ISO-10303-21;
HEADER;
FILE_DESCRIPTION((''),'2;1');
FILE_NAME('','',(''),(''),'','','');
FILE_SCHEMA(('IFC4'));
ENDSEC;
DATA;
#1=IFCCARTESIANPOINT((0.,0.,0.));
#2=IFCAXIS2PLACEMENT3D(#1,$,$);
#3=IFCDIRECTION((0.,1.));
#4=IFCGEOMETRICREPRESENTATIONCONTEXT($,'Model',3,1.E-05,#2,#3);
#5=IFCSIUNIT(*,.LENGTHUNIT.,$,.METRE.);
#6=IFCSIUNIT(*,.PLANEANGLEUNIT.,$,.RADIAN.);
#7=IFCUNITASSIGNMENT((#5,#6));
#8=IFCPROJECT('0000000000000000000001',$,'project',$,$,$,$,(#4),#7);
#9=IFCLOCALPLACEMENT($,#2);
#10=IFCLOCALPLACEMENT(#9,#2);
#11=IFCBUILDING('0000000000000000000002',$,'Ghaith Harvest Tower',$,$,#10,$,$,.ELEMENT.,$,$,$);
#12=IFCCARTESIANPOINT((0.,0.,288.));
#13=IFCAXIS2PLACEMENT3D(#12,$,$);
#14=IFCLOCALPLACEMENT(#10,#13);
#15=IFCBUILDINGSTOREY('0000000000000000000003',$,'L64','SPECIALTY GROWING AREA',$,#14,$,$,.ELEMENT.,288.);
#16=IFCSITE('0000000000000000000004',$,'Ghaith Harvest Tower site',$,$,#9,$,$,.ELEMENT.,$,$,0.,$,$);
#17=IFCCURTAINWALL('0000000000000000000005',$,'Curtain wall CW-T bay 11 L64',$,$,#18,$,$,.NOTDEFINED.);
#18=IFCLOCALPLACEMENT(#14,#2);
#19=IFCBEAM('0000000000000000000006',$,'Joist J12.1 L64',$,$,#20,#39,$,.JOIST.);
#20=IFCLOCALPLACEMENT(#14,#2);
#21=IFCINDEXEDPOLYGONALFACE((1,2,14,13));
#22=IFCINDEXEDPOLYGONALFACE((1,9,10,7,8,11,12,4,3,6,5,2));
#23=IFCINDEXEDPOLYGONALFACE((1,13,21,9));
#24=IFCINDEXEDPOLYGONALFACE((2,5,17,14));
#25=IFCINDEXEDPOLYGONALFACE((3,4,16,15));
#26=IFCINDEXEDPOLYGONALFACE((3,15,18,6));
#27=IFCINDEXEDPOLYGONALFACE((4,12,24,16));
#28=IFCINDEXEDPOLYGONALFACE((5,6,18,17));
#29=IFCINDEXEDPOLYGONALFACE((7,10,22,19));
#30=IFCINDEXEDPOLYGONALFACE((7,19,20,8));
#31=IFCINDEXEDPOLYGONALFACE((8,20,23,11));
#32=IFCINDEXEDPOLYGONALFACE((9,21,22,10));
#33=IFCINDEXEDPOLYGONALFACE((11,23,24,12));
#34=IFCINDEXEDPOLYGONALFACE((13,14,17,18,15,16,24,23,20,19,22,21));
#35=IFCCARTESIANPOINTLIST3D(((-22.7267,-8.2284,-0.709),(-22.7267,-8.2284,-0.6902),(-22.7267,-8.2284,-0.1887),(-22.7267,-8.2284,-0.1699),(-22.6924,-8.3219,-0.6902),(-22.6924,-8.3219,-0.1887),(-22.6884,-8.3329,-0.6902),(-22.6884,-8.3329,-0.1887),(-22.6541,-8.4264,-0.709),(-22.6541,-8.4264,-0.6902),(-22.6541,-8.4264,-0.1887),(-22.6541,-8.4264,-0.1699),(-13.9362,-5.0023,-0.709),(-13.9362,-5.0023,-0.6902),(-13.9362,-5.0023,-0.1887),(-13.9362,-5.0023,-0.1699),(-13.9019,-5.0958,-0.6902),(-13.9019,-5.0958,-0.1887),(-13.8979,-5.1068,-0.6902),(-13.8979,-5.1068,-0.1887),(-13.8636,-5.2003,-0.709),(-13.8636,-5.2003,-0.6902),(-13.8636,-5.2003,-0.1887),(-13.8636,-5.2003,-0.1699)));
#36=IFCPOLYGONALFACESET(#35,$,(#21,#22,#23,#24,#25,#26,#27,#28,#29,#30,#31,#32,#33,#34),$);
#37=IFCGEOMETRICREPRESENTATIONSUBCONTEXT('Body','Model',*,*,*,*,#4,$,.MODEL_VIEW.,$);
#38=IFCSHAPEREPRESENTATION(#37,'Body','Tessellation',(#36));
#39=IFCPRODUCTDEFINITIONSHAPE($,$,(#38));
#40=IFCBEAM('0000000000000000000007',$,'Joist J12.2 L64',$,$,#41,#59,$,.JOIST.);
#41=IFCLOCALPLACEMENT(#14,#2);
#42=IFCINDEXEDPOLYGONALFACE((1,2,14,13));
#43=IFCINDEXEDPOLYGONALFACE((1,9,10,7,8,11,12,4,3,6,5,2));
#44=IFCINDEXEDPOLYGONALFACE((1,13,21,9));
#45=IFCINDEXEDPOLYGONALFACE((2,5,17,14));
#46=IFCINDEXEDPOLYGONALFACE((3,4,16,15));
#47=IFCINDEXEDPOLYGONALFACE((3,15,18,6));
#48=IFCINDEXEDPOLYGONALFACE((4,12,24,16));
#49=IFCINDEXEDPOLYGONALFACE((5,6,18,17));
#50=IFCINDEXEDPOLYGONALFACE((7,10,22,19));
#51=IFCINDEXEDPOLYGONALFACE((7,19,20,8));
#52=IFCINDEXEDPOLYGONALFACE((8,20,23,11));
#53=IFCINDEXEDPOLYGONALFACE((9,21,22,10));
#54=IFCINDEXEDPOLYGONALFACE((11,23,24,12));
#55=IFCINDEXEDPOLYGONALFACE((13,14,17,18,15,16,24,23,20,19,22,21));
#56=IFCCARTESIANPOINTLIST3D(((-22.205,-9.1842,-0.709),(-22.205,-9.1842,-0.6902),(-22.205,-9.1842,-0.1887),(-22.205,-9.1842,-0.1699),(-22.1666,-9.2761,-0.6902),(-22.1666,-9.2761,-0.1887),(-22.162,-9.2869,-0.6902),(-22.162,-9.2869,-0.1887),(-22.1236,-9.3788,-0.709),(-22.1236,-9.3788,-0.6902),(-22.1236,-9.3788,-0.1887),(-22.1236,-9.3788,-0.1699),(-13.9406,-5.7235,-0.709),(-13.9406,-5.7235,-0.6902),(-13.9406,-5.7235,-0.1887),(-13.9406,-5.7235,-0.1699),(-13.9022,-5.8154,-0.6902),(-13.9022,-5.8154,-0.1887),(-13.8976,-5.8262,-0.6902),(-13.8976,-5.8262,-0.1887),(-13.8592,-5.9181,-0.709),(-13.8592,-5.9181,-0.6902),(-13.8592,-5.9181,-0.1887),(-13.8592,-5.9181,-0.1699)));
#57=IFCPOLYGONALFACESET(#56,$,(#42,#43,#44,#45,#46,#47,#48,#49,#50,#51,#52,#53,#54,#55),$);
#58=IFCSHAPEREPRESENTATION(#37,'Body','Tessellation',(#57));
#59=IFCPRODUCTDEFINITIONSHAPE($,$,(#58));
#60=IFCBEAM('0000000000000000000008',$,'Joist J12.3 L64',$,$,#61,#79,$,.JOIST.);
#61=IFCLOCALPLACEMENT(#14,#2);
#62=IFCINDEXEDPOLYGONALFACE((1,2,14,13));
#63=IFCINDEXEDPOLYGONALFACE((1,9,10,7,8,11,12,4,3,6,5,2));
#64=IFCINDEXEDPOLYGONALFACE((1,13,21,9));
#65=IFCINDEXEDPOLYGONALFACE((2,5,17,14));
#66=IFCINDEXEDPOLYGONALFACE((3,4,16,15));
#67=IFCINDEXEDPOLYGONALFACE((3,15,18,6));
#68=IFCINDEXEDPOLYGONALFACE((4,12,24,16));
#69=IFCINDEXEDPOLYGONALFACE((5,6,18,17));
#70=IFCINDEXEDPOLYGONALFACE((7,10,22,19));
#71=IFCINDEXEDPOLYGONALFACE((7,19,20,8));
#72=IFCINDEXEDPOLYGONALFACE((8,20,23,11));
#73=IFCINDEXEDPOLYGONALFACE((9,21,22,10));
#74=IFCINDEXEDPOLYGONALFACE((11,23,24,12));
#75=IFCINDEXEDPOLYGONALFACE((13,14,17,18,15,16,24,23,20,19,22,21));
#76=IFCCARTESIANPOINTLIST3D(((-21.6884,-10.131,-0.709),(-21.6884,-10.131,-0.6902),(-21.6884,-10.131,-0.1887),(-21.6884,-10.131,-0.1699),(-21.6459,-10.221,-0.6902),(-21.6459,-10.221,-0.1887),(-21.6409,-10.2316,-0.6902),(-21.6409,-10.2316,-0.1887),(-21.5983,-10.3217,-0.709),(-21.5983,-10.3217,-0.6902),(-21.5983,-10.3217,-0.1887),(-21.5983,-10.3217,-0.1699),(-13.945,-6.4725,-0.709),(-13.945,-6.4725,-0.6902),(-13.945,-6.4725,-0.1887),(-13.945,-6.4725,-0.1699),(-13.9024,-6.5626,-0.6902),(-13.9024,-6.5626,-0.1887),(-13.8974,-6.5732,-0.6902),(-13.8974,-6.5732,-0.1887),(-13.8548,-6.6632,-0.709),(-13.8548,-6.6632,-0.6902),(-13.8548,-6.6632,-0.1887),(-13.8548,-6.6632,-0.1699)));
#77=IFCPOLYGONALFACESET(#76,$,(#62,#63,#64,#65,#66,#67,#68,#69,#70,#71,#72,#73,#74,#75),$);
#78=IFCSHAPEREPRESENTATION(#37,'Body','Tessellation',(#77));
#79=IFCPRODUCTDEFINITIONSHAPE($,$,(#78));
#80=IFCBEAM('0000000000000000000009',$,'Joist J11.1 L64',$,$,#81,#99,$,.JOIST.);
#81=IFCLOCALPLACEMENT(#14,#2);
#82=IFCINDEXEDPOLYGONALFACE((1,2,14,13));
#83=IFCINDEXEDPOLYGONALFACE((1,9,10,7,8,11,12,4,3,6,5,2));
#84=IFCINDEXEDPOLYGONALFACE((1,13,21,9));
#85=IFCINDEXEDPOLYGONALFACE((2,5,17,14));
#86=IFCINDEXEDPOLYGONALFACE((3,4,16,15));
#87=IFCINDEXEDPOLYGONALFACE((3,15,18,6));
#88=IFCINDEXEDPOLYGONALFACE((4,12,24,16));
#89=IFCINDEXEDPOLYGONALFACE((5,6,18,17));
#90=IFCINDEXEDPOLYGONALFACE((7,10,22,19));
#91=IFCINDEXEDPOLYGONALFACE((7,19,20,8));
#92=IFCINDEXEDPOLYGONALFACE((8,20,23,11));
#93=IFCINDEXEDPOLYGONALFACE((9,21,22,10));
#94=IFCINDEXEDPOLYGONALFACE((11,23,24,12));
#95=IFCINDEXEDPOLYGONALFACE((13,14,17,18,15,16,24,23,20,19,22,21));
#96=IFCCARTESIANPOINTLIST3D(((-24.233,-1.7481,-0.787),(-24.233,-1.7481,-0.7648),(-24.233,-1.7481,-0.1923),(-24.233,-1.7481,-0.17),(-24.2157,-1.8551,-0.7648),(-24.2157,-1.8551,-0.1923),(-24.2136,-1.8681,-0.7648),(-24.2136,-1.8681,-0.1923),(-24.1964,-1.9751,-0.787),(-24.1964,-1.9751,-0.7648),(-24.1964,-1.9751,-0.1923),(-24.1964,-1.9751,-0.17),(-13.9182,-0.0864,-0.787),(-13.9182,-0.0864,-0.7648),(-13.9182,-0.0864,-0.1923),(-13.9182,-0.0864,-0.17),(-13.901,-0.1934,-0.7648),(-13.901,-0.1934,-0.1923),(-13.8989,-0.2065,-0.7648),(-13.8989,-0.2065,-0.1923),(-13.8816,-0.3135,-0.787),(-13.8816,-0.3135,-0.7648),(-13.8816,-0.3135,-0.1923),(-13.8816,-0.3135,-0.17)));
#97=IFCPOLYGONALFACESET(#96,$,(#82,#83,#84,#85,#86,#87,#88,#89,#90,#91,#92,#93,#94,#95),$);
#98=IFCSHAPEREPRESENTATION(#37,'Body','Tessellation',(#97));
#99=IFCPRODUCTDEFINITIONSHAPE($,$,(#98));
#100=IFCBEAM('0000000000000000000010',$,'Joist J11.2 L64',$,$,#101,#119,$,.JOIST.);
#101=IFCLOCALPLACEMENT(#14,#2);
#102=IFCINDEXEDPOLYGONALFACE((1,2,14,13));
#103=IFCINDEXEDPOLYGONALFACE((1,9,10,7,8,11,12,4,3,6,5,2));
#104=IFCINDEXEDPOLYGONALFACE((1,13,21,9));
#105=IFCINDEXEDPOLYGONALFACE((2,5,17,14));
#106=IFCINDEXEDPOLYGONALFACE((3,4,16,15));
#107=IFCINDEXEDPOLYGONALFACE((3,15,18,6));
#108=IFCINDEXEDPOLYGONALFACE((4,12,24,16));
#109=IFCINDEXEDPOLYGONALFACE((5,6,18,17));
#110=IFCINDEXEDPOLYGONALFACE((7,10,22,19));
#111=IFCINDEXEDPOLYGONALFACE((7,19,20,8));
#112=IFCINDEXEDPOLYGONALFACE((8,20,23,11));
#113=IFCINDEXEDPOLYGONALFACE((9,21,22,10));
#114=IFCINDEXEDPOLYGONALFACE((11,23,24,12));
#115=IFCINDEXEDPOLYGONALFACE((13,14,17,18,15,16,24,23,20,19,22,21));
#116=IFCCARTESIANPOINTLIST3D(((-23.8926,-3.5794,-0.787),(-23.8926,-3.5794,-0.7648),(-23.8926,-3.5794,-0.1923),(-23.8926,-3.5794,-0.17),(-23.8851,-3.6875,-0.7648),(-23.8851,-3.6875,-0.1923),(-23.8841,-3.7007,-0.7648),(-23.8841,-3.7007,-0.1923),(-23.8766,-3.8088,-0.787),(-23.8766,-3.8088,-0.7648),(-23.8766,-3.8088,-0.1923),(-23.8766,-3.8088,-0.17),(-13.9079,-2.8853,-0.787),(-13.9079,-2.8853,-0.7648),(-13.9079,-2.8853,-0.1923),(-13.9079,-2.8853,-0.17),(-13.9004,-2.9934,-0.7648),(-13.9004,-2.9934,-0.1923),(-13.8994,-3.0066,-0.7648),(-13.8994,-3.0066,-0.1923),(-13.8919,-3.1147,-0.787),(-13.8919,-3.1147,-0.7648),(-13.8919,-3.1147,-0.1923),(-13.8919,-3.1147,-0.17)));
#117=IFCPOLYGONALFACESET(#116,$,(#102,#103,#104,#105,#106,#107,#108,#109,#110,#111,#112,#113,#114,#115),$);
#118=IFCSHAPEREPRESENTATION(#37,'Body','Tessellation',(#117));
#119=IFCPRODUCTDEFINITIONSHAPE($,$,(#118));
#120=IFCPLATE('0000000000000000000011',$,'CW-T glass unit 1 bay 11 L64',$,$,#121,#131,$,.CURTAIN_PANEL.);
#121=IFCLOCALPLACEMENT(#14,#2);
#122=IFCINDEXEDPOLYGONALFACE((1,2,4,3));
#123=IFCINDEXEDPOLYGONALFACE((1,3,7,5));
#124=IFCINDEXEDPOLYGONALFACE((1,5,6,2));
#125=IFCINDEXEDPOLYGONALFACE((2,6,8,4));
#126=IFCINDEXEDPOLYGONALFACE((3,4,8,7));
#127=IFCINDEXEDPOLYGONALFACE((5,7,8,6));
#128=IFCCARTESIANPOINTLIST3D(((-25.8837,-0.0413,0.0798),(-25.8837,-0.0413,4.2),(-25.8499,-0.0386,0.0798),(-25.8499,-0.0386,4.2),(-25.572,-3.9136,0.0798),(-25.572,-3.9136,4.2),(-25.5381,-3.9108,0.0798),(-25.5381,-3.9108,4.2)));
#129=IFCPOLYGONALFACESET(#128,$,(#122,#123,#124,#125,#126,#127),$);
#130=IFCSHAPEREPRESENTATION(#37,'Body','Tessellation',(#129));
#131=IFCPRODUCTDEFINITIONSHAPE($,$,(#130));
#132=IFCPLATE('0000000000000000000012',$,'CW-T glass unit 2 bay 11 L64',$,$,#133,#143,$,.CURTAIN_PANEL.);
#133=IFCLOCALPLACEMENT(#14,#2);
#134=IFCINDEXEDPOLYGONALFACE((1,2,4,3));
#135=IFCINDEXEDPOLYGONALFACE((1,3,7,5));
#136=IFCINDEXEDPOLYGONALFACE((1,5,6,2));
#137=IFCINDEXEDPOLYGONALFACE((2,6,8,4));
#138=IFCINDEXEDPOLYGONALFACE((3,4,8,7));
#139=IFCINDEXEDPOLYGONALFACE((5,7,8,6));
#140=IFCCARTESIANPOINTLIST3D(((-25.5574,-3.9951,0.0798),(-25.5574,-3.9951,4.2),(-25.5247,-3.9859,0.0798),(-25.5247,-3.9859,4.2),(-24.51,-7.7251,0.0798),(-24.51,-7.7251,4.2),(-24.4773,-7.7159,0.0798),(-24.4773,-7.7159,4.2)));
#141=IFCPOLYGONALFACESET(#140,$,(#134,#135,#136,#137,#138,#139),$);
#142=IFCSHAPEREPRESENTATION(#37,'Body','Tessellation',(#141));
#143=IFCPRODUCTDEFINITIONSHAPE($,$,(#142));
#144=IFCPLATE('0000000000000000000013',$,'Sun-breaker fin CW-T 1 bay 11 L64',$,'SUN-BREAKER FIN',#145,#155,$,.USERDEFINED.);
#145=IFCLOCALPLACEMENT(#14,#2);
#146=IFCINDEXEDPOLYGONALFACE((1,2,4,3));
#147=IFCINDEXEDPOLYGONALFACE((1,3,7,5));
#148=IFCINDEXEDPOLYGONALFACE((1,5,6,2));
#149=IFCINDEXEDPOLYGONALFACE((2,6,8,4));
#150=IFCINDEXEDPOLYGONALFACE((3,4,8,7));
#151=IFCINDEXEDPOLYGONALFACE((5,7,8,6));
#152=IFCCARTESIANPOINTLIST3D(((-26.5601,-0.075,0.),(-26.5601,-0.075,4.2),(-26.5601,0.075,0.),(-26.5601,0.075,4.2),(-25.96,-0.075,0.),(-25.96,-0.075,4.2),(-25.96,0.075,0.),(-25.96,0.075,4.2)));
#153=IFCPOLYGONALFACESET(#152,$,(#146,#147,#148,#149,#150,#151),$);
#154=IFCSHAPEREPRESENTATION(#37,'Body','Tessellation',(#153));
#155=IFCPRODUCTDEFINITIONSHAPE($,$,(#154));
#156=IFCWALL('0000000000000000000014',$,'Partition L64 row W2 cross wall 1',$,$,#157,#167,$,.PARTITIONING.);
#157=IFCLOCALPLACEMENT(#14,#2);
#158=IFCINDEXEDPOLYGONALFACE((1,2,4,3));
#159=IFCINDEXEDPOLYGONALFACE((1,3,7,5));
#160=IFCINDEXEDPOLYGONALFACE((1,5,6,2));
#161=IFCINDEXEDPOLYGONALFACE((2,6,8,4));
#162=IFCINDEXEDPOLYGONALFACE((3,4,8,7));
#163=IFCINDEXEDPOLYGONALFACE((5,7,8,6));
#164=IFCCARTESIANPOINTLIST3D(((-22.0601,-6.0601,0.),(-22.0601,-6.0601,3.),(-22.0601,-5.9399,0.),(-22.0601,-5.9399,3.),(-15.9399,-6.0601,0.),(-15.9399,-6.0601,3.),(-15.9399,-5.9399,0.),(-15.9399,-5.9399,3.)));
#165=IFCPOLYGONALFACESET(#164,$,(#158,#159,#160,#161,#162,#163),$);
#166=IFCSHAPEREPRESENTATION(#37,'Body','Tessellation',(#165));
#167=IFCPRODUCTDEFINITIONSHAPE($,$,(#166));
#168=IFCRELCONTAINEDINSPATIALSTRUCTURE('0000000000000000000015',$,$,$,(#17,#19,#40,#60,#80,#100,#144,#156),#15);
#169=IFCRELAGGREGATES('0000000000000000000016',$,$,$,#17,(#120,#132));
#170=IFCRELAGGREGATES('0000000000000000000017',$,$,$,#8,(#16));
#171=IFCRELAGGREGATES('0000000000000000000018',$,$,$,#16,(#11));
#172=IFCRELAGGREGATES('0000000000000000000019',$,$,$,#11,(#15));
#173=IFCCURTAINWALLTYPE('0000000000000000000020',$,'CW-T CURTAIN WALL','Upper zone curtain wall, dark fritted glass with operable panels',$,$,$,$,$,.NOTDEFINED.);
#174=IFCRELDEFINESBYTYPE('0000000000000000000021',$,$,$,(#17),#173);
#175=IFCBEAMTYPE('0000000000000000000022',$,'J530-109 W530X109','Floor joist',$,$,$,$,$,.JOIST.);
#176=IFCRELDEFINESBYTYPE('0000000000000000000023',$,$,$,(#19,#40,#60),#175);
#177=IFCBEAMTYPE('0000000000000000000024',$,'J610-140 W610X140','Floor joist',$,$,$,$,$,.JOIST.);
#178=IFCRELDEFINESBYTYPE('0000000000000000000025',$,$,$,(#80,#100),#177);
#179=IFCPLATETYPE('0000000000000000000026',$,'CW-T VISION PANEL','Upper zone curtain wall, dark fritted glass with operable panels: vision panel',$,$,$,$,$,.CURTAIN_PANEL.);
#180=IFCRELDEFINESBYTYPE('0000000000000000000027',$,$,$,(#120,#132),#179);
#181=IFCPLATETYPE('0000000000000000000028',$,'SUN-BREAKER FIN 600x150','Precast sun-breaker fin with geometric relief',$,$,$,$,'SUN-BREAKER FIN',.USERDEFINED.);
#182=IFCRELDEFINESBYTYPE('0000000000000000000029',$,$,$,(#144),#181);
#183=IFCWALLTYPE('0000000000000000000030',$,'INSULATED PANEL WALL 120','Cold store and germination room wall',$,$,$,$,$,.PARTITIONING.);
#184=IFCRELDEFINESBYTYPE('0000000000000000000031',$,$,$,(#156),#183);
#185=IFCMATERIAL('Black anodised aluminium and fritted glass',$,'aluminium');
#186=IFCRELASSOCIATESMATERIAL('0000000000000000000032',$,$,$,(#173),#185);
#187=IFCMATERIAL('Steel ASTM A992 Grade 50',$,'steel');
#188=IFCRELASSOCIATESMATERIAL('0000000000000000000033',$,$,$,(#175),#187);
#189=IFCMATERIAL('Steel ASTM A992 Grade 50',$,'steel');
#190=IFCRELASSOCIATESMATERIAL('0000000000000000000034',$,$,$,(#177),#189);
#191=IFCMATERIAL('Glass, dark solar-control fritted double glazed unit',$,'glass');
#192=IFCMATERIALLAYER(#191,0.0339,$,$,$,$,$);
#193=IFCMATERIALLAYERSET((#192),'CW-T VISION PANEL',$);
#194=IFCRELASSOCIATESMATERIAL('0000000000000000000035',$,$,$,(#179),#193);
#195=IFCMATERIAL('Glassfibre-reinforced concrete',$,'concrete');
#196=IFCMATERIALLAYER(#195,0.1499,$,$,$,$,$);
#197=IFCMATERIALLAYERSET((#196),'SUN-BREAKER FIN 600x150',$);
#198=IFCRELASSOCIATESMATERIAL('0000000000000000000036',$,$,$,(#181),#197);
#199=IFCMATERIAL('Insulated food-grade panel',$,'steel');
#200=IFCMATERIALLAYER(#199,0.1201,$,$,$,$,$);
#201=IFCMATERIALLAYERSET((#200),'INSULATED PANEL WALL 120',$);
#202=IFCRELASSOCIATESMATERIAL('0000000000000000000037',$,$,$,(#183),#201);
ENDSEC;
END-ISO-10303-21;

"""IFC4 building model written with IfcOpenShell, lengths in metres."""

from ifc_helpers import new_model, si_unit, direction, frame, frame_2d, origin, origin_2d, place, context, subcontext, project, spatial, rectangle, i_section, extrude, material, layer, layer_set, material_profile, profile_set, type_object, element, aggregate, save


model = new_model("IFC4")

# Units and contexts
model_context = context("Model", 3, precision=1e-05, world=origin(), true_north=direction((0.0, 1.0)))
body_context = subcontext(model_context, "Body", "Model", "MODEL_VIEW")
ifc_project = project(units=[si_unit("LENGTHUNIT", "METRE"), si_unit("PLANEANGLEUNIT", "RADIAN")], contexts=[model_context])

# Site, building, storey
site_placement = place(None, origin())
site = spatial("IfcSite", under=ifc_project, at=site_placement, Name="Ghaith Harvest Tower site", CompositionType="ELEMENT", RefElevation=0.0)
building_placement = place(site_placement, origin())
building = spatial("IfcBuilding", under=site, at=building_placement, Name="Ghaith Harvest Tower", CompositionType="ELEMENT")
storey_placement = place(building_placement, frame((0.0, 0.0, 288.0)))
storey = spatial("IfcBuildingStorey", under=building, at=storey_placement, Name="L64", Description="SPECIALTY GROWING AREA", CompositionType="ELEMENT", Elevation=288.0)

# Curtain wall
ifc_material_1 = material(Name="Black anodised aluminium and fritted glass", Category="aluminium")
curtain_wall_type = type_object("IfcCurtainWallType", Name="CW-T CURTAIN WALL", Description="Upper zone curtain wall, dark fritted glass with operable panels", PredefinedType="NOTDEFINED", material=ifc_material_1)
curtain_wall_placement = place(storey_placement, origin())
curtain_wall = element("IfcCurtainWall", 1, at=curtain_wall_placement, inside=storey, type_object=curtain_wall_type, Name="Curtain wall CW-T bay 11 L64", PredefinedType="NOTDEFINED")

# Beams
ifc_material_2 = material(Name="Steel ASTM A992 Grade 50", Category="steel")
ifc_material_profile_1 = material_profile(ifc_material_2, i_section(OverallWidth=0.2109, OverallDepth=0.5391, WebThickness=0.0117, FlangeThickness=0.0188, at=origin_2d()), Name="W530X109")
ifc_profile_set_1 = profile_set([ifc_material_profile_1], Name="Steel ASTM A992 Grade 50")
beam_type_1 = type_object("IfcBeamType", Name="J530-109 W530X109", Description="Floor joist", PredefinedType="JOIST", material=ifc_profile_set_1)
beam_1_placement = place(storey_placement, frame((-13.8999, -5.1013, -0.4395), z_axis=(-0.938777, -0.344526, 0.0), x_axis=(0.344526, -0.938777, 0.0)))
element("IfcBeam", 2, at=beam_1_placement, inside=storey, type_object=beam_type_1, Name="Joist J12.1 L64", PredefinedType="JOIST", context=body_context, shape_type="SweptSolid", body=[
    extrude(i_section(OverallWidth=0.2109, OverallDepth=0.5391, WebThickness=0.0117, FlangeThickness=0.0188, at=origin_2d()), origin(), (0.0, 0.0, 1.0), 9.3638),
])
beam_2_placement = place(storey_placement, frame((-13.8999, -5.8208, -0.4395), z_axis=(-0.922394, -0.38625, 0.0), x_axis=(0.38625, -0.922394, 0.0)))
element("IfcBeam", 3, at=beam_2_placement, inside=storey, type_object=beam_type_1, Name="Joist J12.2 L64", PredefinedType="JOIST", context=body_context, shape_type="SweptSolid", body=[
    extrude(i_section(OverallWidth=0.2109, OverallDepth=0.5391, WebThickness=0.0117, FlangeThickness=0.0188, at=origin_2d()), origin(), (0.0, 0.0, 1.0), 8.9597),
])
beam_3_placement = place(storey_placement, frame((-13.8999, -6.5679, -0.4395), z_axis=(-0.904166, -0.427182, 0.0), x_axis=(0.427182, -0.904166, 0.0)))
element("IfcBeam", 4, at=beam_3_placement, inside=storey, type_object=beam_type_1, Name="Joist J12.3 L64", PredefinedType="JOIST", context=body_context, shape_type="SweptSolid", body=[
    extrude(i_section(OverallWidth=0.2109, OverallDepth=0.5391, WebThickness=0.0117, FlangeThickness=0.0188, at=origin_2d()), origin(), (0.0, 0.0, 1.0), 8.5642),
])
ifc_material_3 = material(Name="Steel ASTM A992 Grade 50", Category="steel")
ifc_material_profile_2 = material_profile(ifc_material_3, i_section(OverallWidth=0.23, OverallDepth=0.6169, WebThickness=0.0132, FlangeThickness=0.0222, at=origin_2d()), Name="W610X140")
ifc_profile_set_2 = profile_set([ifc_material_profile_2], Name="Steel ASTM A992 Grade 50")
beam_type_2 = type_object("IfcBeamType", Name="J610-140 W610X140", Description="Floor joist", PredefinedType="JOIST", material=ifc_profile_set_2)
beam_4_placement = place(storey_placement, frame((-13.8999, -0.2, -0.4785), z_axis=(-0.987272, -0.159042, 0.0), x_axis=(0.159042, -0.987272, 0.0)))
element("IfcBeam", 5, at=beam_4_placement, inside=storey, type_object=beam_type_2, Name="Joist J11.1 L64", PredefinedType="JOIST", context=body_context, shape_type="SweptSolid", body=[
    extrude(i_section(OverallWidth=0.23, OverallDepth=0.6169, WebThickness=0.0132, FlangeThickness=0.0222, at=origin_2d()), origin(), (0.0, 0.0, 1.0), 10.4478),
])
beam_5_placement = place(storey_placement, frame((-13.8999, -3.0, -0.4785), z_axis=(-0.997592, -0.069349, 0.0), x_axis=(0.069349, -0.997592, 0.0)))
element("IfcBeam", 6, at=beam_5_placement, inside=storey, type_object=beam_type_2, Name="Joist J11.2 L64", PredefinedType="JOIST", context=body_context, shape_type="SweptSolid", body=[
    extrude(i_section(OverallWidth=0.23, OverallDepth=0.6169, WebThickness=0.0132, FlangeThickness=0.0222, at=origin_2d()), origin(), (0.0, 0.0, 1.0), 10.0088),
])

# Plates
ifc_material_4 = material(Name="Glass, dark solar-control fritted double glazed unit", Category="glass")
ifc_layer_1 = layer(ifc_material_4, 0.0339)
ifc_layer_set_1 = layer_set([ifc_layer_1], Name="CW-T VISION PANEL")
plate_type_1 = type_object("IfcPlateType", Name="CW-T VISION PANEL", Description="Upper zone curtain wall, dark fritted glass with operable panels: vision panel", PredefinedType="CURTAIN_PANEL", material=ifc_layer_set_1)
plate_1_placement = place(storey_placement, frame((-25.7109, -1.9761, 0.0798), z_axis=(0.0, 0.0, 1.0), x_axis=(0.080258, -0.996774, 0.0)))
plate_1 = element("IfcPlate", 7, at=plate_1_placement, type_object=plate_type_1, Name="CW-T glass unit 1 bay 11 L64", PredefinedType="CURTAIN_PANEL", context=body_context, shape_type="SweptSolid", body=[
    extrude(rectangle(XDim=3.8848, YDim=0.0339, at=origin_2d()), origin(), (0.0, 0.0, 1.0), 4.1201),
])
plate_2_placement = place(storey_placement, frame((-25.0173, -5.8555, 0.0798), z_axis=(0.0, 0.0, 1.0), x_axis=(0.270355, -0.962761, 0.0)))
plate_2 = element("IfcPlate", 8, at=plate_2_placement, type_object=plate_type_1, Name="CW-T glass unit 2 bay 11 L64", PredefinedType="CURTAIN_PANEL", context=body_context, shape_type="SweptSolid", body=[
    extrude(rectangle(XDim=3.8743, YDim=0.0339, at=origin_2d()), origin(), (0.0, 0.0, 1.0), 4.1201),
])
aggregate(curtain_wall, [plate_1, plate_2])
ifc_material_5 = material(Name="Glassfibre-reinforced concrete", Category="concrete")
ifc_layer_2 = layer(ifc_material_5, 0.1499)
ifc_layer_set_2 = layer_set([ifc_layer_2], Name="SUN-BREAKER FIN 600x150")
plate_type_2 = type_object("IfcPlateType", Name="SUN-BREAKER FIN 600x150", Description="Precast sun-breaker fin with geometric relief", ElementType="SUN-BREAKER FIN", PredefinedType="USERDEFINED", material=ifc_layer_set_2)
plate_3_placement = place(storey_placement, frame((-26.26, 0.0, 0.0), z_axis=(0.0, 0.0, 1.0), x_axis=(-1.0, 0.0, 0.0)))
element("IfcPlate", 9, at=plate_3_placement, inside=storey, type_object=plate_type_2, Name="Sun-breaker fin CW-T 1 bay 11 L64", ObjectType="SUN-BREAKER FIN", PredefinedType="USERDEFINED", context=body_context, shape_type="SweptSolid", body=[
    extrude(rectangle(XDim=0.6001, YDim=0.1499, at=origin_2d()), origin(), (0.0, 0.0, 1.0), 4.2),
])

# Wall
ifc_material_6 = material(Name="Insulated food-grade panel", Category="steel")
ifc_layer_3 = layer(ifc_material_6, 0.1201)
ifc_layer_set_3 = layer_set([ifc_layer_3], Name="INSULATED PANEL WALL 120")
wall_type_1 = type_object("IfcWallType", Name="INSULATED PANEL WALL 120", Description="Cold store and germination room wall", PredefinedType="PARTITIONING", material=ifc_layer_set_3)
wall_1_placement = place(storey_placement, frame((-15.9399, -6.0, 0.0), z_axis=(0.0, 0.0, 1.0), x_axis=(-1.0, 0.0, 0.0)))
element("IfcWall", 10, at=wall_1_placement, inside=storey, type_object=wall_type_1, Name="Partition L64 row W2 cross wall 1", PredefinedType="PARTITIONING", context=body_context, shape_type="SweptSolid", body=[
    extrude(rectangle(XDim=6.1201, YDim=0.1201, at=frame_2d((3.0601, 0.0))), origin(), (0.0, 0.0, 1.0), 3.0),
])

save(model, "model.ifc")
